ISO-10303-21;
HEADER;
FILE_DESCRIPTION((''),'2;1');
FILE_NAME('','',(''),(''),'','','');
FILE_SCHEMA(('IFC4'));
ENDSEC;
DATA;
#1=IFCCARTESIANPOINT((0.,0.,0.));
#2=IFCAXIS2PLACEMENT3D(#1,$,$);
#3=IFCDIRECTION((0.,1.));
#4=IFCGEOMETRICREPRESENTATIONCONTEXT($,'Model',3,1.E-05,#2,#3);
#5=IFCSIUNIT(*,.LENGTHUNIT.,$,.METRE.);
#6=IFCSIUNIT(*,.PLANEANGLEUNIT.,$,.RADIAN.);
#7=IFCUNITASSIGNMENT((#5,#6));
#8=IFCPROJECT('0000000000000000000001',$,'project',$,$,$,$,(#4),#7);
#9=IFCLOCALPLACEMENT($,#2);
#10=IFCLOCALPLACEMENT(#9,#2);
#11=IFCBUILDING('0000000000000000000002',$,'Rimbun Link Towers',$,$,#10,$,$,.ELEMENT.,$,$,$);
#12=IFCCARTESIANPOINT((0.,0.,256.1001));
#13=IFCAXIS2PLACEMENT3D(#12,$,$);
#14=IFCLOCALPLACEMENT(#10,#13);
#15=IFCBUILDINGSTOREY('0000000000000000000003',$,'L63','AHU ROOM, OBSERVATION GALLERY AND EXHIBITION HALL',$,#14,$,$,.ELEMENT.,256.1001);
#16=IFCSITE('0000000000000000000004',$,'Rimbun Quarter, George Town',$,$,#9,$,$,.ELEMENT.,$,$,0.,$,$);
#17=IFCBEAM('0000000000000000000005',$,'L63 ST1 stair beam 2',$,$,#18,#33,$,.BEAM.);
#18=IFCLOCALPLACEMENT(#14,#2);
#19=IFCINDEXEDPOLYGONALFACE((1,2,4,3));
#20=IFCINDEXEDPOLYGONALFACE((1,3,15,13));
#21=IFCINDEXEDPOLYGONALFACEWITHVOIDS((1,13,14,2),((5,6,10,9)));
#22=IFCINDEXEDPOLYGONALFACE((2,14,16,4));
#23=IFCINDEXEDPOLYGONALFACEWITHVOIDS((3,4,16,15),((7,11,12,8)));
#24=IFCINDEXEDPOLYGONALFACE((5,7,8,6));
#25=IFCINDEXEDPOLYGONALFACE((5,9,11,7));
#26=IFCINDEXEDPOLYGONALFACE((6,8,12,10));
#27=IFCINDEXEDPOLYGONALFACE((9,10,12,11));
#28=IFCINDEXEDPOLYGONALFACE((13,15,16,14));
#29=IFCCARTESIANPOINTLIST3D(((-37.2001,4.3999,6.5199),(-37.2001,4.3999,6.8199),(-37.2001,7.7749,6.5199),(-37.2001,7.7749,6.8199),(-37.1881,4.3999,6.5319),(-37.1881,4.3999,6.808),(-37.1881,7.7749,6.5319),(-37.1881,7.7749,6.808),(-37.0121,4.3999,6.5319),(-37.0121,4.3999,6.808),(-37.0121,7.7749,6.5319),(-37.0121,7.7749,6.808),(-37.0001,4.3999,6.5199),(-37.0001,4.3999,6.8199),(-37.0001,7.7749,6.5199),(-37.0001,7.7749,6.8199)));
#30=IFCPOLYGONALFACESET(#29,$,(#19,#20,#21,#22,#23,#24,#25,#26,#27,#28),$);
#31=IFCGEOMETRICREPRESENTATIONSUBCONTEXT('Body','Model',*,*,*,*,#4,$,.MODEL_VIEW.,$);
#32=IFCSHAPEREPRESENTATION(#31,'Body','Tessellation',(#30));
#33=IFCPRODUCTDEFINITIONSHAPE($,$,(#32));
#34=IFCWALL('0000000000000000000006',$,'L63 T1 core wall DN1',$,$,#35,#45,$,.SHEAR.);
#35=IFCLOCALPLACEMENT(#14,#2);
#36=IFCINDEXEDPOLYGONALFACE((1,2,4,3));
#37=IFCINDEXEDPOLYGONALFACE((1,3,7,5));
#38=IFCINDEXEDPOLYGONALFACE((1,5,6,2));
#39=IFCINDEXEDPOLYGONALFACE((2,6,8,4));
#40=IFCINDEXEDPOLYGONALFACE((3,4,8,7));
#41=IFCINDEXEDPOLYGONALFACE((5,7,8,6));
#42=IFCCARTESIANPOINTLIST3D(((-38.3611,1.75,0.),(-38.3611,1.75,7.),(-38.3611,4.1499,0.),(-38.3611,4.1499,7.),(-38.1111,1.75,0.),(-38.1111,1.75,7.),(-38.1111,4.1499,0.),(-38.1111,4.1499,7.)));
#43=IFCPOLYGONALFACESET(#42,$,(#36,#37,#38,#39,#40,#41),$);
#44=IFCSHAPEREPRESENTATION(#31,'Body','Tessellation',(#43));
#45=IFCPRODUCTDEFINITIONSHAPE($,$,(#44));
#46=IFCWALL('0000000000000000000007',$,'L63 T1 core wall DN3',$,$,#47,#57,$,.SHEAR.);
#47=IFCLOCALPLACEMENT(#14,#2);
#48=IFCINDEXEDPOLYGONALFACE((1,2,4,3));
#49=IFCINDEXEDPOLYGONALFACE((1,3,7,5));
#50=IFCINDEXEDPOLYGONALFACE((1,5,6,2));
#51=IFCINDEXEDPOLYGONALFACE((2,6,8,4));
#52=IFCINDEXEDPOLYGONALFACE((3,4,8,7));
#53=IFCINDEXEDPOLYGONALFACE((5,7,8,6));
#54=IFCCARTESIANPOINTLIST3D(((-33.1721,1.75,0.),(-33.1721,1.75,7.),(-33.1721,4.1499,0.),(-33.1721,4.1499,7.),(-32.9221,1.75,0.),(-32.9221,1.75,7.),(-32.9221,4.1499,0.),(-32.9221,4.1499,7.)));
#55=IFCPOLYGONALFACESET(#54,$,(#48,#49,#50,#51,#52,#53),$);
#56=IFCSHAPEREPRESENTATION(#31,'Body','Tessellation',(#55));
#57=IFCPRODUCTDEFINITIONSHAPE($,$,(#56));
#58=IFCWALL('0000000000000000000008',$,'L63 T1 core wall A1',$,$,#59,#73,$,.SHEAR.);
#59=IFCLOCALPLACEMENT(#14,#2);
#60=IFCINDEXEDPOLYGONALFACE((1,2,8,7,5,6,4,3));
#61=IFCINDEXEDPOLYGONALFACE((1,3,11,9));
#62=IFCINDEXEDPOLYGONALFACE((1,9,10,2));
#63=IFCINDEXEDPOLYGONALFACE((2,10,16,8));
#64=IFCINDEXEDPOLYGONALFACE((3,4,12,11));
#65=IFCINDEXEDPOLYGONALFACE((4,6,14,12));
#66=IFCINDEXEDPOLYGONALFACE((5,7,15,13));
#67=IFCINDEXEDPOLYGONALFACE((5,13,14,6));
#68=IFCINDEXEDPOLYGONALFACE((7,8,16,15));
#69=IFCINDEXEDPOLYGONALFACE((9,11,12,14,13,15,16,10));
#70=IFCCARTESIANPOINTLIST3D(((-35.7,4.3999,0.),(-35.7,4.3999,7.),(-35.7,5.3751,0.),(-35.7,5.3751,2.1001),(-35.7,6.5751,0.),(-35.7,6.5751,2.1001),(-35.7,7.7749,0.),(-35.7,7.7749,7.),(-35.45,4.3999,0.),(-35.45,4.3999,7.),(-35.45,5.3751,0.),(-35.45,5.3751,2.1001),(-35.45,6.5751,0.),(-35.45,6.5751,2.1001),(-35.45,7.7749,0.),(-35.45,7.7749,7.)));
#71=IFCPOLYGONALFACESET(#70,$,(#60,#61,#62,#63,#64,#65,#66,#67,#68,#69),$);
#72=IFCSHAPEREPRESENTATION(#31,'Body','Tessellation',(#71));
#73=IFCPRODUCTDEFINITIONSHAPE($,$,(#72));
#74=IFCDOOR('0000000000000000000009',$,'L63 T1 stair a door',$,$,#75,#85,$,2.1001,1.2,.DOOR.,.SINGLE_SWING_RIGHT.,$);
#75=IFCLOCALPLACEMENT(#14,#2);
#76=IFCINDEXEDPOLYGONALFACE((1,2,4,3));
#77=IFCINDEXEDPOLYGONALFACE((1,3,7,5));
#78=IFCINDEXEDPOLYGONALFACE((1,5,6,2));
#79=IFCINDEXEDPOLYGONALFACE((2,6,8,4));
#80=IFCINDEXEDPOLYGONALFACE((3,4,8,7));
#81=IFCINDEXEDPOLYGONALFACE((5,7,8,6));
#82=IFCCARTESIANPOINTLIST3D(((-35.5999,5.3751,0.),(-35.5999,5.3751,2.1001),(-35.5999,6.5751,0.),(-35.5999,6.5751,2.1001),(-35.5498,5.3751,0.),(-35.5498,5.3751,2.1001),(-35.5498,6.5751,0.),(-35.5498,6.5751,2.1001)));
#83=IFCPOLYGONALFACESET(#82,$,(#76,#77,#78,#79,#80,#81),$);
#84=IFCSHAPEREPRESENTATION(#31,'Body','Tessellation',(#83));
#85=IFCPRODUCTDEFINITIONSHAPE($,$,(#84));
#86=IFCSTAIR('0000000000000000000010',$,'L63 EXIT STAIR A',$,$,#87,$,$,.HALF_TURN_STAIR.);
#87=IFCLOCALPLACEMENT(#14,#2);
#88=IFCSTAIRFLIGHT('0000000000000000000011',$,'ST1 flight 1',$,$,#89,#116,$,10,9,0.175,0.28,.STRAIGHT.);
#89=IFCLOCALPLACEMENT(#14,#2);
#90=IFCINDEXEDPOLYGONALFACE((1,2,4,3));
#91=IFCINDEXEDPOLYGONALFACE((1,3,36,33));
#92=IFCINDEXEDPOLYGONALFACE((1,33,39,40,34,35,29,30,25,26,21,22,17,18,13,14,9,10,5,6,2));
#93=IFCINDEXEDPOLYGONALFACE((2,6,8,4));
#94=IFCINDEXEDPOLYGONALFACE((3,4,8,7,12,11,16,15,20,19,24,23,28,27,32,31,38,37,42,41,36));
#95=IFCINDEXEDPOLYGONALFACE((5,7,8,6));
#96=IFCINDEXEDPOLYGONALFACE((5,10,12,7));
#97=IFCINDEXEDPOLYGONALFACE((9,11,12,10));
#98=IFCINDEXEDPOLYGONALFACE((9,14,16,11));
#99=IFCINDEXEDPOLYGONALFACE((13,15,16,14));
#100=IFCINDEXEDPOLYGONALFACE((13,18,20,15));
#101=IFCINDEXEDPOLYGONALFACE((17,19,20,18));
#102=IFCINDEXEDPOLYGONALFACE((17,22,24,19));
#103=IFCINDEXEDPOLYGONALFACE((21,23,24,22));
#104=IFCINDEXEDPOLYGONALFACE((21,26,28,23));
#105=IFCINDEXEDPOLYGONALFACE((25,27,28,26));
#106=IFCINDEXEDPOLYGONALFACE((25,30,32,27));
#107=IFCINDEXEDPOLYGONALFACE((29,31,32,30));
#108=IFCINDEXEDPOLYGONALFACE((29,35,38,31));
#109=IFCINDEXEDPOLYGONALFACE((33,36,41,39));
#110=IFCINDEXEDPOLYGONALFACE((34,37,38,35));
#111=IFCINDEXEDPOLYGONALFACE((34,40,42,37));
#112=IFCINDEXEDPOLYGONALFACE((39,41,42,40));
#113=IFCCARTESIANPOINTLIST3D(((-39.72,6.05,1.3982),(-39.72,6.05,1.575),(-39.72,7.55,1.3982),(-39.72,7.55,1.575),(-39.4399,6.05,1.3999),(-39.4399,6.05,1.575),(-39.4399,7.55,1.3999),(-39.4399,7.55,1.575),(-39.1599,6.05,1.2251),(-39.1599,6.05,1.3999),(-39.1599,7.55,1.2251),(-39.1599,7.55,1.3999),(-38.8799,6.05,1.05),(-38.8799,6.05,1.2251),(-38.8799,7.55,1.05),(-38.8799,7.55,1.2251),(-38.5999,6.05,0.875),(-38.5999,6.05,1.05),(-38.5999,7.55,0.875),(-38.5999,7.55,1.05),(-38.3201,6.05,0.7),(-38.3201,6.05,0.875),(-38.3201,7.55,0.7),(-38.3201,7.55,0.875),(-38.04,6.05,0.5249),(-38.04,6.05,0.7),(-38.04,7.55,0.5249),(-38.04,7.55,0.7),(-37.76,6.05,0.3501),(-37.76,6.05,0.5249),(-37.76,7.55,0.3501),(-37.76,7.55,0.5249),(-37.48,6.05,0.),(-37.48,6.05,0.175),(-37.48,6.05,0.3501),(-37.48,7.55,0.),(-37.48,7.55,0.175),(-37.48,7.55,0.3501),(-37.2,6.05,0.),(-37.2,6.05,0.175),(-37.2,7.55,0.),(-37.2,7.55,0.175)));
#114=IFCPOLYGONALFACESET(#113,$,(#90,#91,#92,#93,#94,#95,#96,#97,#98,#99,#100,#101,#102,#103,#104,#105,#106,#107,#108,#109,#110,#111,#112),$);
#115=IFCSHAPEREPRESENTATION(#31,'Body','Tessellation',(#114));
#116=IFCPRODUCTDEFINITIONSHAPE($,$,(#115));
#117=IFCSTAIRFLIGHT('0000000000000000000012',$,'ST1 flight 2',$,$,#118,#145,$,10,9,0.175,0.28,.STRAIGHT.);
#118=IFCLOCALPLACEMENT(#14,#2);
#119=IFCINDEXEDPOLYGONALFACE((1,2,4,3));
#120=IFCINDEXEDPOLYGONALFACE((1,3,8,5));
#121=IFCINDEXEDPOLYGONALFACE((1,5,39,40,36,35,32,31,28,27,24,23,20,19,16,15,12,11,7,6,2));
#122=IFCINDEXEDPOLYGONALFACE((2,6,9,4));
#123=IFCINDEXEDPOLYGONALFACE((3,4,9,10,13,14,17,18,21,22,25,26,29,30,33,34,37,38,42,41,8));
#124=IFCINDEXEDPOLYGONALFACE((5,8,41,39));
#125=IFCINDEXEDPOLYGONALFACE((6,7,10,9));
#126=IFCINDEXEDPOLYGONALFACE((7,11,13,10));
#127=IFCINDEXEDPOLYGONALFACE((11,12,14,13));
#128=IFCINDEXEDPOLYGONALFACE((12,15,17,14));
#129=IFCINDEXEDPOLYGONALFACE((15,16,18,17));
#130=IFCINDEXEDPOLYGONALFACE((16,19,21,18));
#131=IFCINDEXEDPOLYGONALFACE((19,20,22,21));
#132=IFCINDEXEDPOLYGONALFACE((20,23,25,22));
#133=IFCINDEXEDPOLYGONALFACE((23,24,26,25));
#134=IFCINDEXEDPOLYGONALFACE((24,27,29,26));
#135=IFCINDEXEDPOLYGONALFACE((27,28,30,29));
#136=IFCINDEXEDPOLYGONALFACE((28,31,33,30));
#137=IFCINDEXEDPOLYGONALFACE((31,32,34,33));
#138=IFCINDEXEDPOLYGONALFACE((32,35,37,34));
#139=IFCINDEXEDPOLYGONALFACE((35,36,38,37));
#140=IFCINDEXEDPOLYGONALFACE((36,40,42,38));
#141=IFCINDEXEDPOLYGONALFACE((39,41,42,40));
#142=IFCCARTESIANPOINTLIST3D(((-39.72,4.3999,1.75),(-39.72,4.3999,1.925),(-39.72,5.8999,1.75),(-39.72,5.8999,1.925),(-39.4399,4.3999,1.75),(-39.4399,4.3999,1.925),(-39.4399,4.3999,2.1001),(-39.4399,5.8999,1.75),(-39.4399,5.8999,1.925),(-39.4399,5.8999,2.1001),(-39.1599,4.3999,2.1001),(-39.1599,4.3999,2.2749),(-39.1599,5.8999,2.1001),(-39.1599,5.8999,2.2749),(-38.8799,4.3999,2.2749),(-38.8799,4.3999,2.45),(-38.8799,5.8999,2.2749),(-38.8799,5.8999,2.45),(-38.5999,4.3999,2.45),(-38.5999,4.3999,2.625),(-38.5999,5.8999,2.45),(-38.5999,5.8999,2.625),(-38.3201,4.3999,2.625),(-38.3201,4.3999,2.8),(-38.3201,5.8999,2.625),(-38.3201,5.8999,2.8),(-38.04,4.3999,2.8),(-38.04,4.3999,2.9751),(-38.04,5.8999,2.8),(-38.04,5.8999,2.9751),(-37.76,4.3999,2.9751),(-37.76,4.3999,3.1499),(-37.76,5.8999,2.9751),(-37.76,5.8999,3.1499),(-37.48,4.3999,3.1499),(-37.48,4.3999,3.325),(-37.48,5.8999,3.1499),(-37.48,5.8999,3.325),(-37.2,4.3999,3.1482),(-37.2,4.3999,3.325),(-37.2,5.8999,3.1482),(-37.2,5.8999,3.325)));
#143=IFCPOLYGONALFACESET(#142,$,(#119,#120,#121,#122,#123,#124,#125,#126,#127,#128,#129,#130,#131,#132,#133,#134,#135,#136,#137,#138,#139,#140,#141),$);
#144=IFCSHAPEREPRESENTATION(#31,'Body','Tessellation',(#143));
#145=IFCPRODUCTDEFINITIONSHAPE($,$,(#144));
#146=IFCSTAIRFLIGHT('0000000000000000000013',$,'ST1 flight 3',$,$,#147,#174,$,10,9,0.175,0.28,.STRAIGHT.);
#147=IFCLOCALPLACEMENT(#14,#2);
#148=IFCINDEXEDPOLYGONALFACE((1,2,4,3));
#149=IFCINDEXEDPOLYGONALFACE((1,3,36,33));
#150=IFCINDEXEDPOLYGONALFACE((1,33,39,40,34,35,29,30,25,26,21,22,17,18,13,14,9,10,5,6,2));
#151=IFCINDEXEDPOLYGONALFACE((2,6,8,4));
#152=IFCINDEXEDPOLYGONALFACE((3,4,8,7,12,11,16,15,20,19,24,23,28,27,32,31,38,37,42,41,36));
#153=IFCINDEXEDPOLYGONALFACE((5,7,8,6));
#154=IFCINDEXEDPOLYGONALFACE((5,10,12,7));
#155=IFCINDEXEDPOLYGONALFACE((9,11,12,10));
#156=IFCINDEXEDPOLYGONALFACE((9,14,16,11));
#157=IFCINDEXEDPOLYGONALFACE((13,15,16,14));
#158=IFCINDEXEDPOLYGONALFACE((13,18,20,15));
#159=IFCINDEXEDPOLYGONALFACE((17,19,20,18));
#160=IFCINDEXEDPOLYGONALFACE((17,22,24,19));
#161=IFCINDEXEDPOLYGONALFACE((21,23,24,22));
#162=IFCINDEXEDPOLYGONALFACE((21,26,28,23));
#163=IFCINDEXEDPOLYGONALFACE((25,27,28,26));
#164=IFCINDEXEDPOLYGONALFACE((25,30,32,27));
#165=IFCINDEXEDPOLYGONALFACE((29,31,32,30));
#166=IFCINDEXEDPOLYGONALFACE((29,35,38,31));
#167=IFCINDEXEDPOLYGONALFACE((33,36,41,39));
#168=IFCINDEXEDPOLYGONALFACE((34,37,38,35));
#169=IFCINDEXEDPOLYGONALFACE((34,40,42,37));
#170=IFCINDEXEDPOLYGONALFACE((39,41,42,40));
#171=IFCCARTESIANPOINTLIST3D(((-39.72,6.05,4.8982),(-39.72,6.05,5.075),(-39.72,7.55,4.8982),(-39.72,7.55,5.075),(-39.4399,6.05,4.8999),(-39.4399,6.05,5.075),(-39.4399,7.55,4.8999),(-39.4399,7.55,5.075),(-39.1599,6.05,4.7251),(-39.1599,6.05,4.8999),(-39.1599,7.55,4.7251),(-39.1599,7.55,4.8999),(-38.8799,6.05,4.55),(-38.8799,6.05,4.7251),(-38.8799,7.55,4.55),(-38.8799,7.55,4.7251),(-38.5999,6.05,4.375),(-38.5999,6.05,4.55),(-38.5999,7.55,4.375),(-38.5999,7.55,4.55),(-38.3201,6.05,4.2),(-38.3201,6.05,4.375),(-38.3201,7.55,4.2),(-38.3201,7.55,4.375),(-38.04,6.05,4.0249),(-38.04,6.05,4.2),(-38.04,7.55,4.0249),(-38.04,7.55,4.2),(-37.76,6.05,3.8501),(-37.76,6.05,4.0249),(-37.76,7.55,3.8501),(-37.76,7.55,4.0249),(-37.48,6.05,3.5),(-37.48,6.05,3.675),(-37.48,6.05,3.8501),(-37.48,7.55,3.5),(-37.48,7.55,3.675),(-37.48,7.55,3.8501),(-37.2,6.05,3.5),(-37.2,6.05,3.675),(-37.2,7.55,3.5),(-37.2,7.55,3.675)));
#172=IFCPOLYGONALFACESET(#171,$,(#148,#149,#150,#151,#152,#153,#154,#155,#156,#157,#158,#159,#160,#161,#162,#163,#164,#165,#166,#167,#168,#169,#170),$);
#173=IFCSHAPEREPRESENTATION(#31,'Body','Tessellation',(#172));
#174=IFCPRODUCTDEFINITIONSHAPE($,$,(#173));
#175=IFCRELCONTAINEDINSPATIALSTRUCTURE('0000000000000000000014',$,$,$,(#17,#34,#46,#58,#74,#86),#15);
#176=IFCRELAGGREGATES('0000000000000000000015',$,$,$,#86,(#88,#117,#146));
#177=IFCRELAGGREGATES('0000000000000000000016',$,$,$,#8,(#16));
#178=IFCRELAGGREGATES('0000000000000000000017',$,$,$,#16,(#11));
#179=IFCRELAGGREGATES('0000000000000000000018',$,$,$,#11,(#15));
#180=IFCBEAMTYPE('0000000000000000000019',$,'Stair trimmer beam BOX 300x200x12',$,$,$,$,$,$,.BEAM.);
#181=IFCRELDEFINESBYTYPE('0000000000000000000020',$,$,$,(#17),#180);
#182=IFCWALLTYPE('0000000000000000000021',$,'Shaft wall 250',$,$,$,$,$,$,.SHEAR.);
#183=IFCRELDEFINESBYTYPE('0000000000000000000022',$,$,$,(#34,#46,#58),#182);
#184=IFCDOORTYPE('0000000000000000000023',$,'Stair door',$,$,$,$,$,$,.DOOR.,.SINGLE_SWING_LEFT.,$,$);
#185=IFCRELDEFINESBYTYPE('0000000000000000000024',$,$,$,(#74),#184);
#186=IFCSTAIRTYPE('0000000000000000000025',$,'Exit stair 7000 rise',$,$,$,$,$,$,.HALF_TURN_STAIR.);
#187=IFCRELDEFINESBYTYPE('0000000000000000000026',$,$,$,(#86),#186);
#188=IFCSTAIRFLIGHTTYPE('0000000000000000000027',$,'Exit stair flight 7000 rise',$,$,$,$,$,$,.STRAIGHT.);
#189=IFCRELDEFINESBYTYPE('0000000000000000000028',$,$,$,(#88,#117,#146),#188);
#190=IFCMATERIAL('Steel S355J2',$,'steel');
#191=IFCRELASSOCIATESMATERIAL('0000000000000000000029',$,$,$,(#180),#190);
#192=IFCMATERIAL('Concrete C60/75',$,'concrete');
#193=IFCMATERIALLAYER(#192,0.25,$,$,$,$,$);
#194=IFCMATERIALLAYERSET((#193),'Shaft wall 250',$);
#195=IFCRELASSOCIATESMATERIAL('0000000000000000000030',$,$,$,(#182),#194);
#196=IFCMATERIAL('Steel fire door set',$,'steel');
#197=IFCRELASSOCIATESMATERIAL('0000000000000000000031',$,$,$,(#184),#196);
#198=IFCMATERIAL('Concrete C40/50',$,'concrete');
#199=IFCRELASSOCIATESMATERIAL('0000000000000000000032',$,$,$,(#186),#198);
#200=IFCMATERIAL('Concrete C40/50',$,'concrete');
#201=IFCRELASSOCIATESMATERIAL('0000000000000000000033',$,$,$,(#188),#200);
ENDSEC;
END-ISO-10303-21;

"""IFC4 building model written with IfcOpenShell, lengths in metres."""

from ifc_helpers import new_model, si_unit, direction, frame, frame_2d, origin, origin_2d, place, context, subcontext, project, spatial, polyline, rectangle, hollow_rectangle, outline, extrude, material, layer, layer_set, material_profile, profile_set, type_object, element, fill, aggregate, save


model = new_model("IFC4")

# Units and contexts
model_context = context("Model", 3, precision=1e-05, world=origin(), true_north=direction((0.0, 1.0)))
body_context = subcontext(model_context, "Body", "Model", "MODEL_VIEW")
ifc_project = project(units=[si_unit("LENGTHUNIT", "METRE"), si_unit("PLANEANGLEUNIT", "RADIAN")], contexts=[model_context])

# Site, building, storey
site_placement = place(None, origin())
site = spatial("IfcSite", under=ifc_project, at=site_placement, Name="Rimbun Quarter, George Town", CompositionType="ELEMENT", RefElevation=0.0)
building_placement = place(site_placement, origin())
building = spatial("IfcBuilding", under=site, at=building_placement, Name="Rimbun Link Towers", CompositionType="ELEMENT")
storey_placement = place(building_placement, frame((0.0, 0.0, 256.1001)))
storey = spatial("IfcBuildingStorey", under=building, at=storey_placement, Name="L63", Description="AHU ROOM, OBSERVATION GALLERY AND EXHIBITION HALL", CompositionType="ELEMENT", Elevation=256.1001)

# Beam
ifc_material_1 = material(Name="Steel S355J2", Category="steel")
ifc_material_profile = material_profile(ifc_material_1, hollow_rectangle(XDim=0.2, YDim=0.3, WallThickness=0.012, at=origin_2d()), Name="BOX 300x200x12")
ifc_profile_set = profile_set([ifc_material_profile], Name="Steel S355J2")
beam_type = type_object("IfcBeamType", Name="Stair trimmer beam BOX 300x200x12", PredefinedType="BEAM", material=ifc_profile_set)
beam_placement = place(storey_placement, frame((-37.1001, 7.7749, 6.6699), z_axis=(0.0, -1.0, 0.0), x_axis=(1.0, 0.0, 0.0)))
element("IfcBeam", 1, at=beam_placement, inside=storey, type_object=beam_type, Name="L63 ST1 stair beam 2", PredefinedType="BEAM", context=body_context, shape_type="SweptSolid", body=[
    extrude(hollow_rectangle(XDim=0.2, YDim=0.3, WallThickness=0.012, at=origin_2d()), origin(), (0.0, 0.0, 1.0), 3.375),
])

# Walls
ifc_material_2 = material(Name="Concrete C60/75", Category="concrete")
ifc_layer = layer(ifc_material_2, 0.25)
ifc_layer_set = layer_set([ifc_layer], Name="Shaft wall 250")
wall_type = type_object("IfcWallType", Name="Shaft wall 250", PredefinedType="SHEAR", material=ifc_layer_set)
for number, where, z_axis, x_axis, name in (
    (2, (-38.2361, 1.75, 0.0), (0.0, 0.0, 1.0), (0.0, 1.0, 0.0), "L63 T1 core wall DN1"),
    (3, (-33.0471, 1.75, 0.0), (0.0, 0.0, 1.0), (0.0, 1.0, 0.0), "L63 T1 core wall DN3"),
):
    element("IfcWall", number, at=place(storey_placement, frame(where, z_axis=z_axis, x_axis=x_axis)), inside=storey, type_object=wall_type, Name=name, PredefinedType="SHEAR", context=body_context, shape_type="SweptSolid", body=[
        extrude(rectangle(XDim=2.3999, YDim=0.25, at=frame_2d((1.2, 0.0))), origin(), (0.0, 0.0, 1.0), 7.0),
    ])

# Wall, opening, door
wall_placement = place(storey_placement, frame((-35.575, 4.3999, 0.0), z_axis=(0.0, 0.0, 1.0), x_axis=(0.0, 1.0, 0.0)))
wall = element("IfcWall", 4, at=wall_placement, inside=storey, type_object=wall_type, Name="L63 T1 core wall A1", PredefinedType="SHEAR", context=body_context, shape_type="SweptSolid", body=[
    extrude(rectangle(XDim=3.375, YDim=0.25, at=frame_2d((1.6875, 0.0))), origin(), (0.0, 0.0, 1.0), 7.0),
])
opening_placement = place(wall_placement, frame((0.9751, 0.0, 0.0)))
opening = element("IfcOpeningElement", 5, at=opening_placement, cuts=wall, PredefinedType="OPENING", context=body_context, shape_type="SweptSolid", body=[
    extrude(rectangle(XDim=1.2, YDim=2.1001, at=frame_2d((0.6001, 1.05))), frame((0.0, 0.135, 0.0), z_axis=(0.0, -1.0, 0.0), x_axis=(1.0, 0.0, 0.0)), (0.0, 0.0, 1.0), 0.27),
])
ifc_material_3 = material(Name="Steel fire door set", Category="steel")
door_type = type_object("IfcDoorType", Name="Stair door", OperationType="SINGLE_SWING_LEFT", PredefinedType="DOOR", material=ifc_material_3)
door_placement = place(opening_placement, origin())
door = element("IfcDoor", 6, at=door_placement, inside=storey, type_object=door_type, Name="L63 T1 stair a door", OperationType="SINGLE_SWING_RIGHT", OverallHeight=2.1001, OverallWidth=1.2, PredefinedType="DOOR", context=body_context, shape_type="SweptSolid", body=[
    extrude(rectangle(XDim=1.2, YDim=2.1001, at=frame_2d((0.6001, 1.05))), frame((0.0, 0.0249, 0.0), z_axis=(0.0, -1.0, 0.0), x_axis=(1.0, 0.0, 0.0)), (0.0, 0.0, 1.0), 0.05),
])
fill(opening, door)

# Stair, stair flights
ifc_material_4 = material(Name="Concrete C40/50", Category="concrete")
stair_type = type_object("IfcStairType", Name="Exit stair 7000 rise", PredefinedType="HALF_TURN_STAIR", material=ifc_material_4)
stair_placement = place(storey_placement, origin())
stair = element("IfcStair", 7, at=stair_placement, inside=storey, type_object=stair_type, Name="L63 EXIT STAIR A", PredefinedType="HALF_TURN_STAIR")
ifc_material_5 = material(Name="Concrete C40/50", Category="concrete")
stair_flight_type = type_object("IfcStairFlightType", Name="Exit stair flight 7000 rise", PredefinedType="STRAIGHT", material=ifc_material_5)
stair_flight_1_placement = place(storey_placement, frame((-37.2, 6.8, 0.0), z_axis=(0.0, 0.0, 1.0), x_axis=(-1.0, 0.0, 0.0)))
stair_flight_1 = element("IfcStairFlight", 8, at=stair_flight_1_placement, type_object=stair_flight_type, Name="ST1 flight 1", NumberOfRisers=10, NumberOfTreads=9, PredefinedType="STRAIGHT", RiserHeight=0.175, TreadLength=0.28, context=body_context, shape_type="SweptSolid", body=[
    extrude(outline(polyline([(0.0, 0.0), (0.0, 0.175), (0.28, 0.175), (0.28, 0.3501), (0.5601, 0.3501), (0.5601, 0.5249), (0.8401, 0.5249), (0.8401, 0.7), (1.1201, 0.7), (1.1201, 0.875), (1.3999, 0.875), (1.3999, 1.05), (1.6799, 1.05), (1.6799, 1.2251), (1.96, 1.2251), (1.96, 1.3999), (2.24, 1.3999), (2.24, 1.575), (2.52, 1.575), (2.52, 1.75), (2.52, 1.3982), (0.28, 0.0), (0.0, 0.0)])), frame((0.0, 0.75, 0.0), z_axis=(0.0, -1.0, 0.0), x_axis=(1.0, 0.0, 0.0)), (0.0, 0.0, 1.0), 1.5),
])
stair_flight_2_placement = place(storey_placement, frame((-39.72, 5.1499, 1.75), z_axis=(0.0, 0.0, 1.0), x_axis=(1.0, 0.0, 0.0)))
stair_flight_2 = element("IfcStairFlight", 9, at=stair_flight_2_placement, type_object=stair_flight_type, Name="ST1 flight 2", NumberOfRisers=10, NumberOfTreads=9, PredefinedType="STRAIGHT", RiserHeight=0.175, TreadLength=0.28, context=body_context, shape_type="SweptSolid", body=[
    extrude(outline(polyline([(0.0, 0.0), (0.0, 0.175), (0.28, 0.175), (0.28, 0.3501), (0.5601, 0.3501), (0.5601, 0.5249), (0.8401, 0.5249), (0.8401, 0.7), (1.1201, 0.7), (1.1201, 0.875), (1.3999, 0.875), (1.3999, 1.05), (1.6799, 1.05), (1.6799, 1.2251), (1.96, 1.2251), (1.96, 1.3999), (2.24, 1.3999), (2.24, 1.575), (2.52, 1.575), (2.52, 1.75), (2.52, 1.3982), (0.28, 0.0), (0.0, 0.0)])), frame((0.0, 0.75, 0.0), z_axis=(0.0, -1.0, 0.0), x_axis=(1.0, 0.0, 0.0)), (0.0, 0.0, 1.0), 1.5),
])
stair_flight_3_placement = place(storey_placement, frame((-37.2, 6.8, 3.5), z_axis=(0.0, 0.0, 1.0), x_axis=(-1.0, 0.0, 0.0)))
stair_flight_3 = element("IfcStairFlight", 10, at=stair_flight_3_placement, type_object=stair_flight_type, Name="ST1 flight 3", NumberOfRisers=10, NumberOfTreads=9, PredefinedType="STRAIGHT", RiserHeight=0.175, TreadLength=0.28, context=body_context, shape_type="SweptSolid", body=[
    extrude(outline(polyline([(0.0, 0.0), (0.0, 0.175), (0.28, 0.175), (0.28, 0.3501), (0.5601, 0.3501), (0.5601, 0.5249), (0.8401, 0.5249), (0.8401, 0.7), (1.1201, 0.7), (1.1201, 0.875), (1.3999, 0.875), (1.3999, 1.05), (1.6799, 1.05), (1.6799, 1.2251), (1.96, 1.2251), (1.96, 1.3999), (2.24, 1.3999), (2.24, 1.575), (2.52, 1.575), (2.52, 1.75), (2.52, 1.3982), (0.28, 0.0), (0.0, 0.0)])), frame((0.0, 0.75, 0.0), z_axis=(0.0, -1.0, 0.0), x_axis=(1.0, 0.0, 0.0)), (0.0, 0.0, 1.0), 1.5),
])
aggregate(stair, [stair_flight_1, stair_flight_2, stair_flight_3])

save(model, "model.ifc")
